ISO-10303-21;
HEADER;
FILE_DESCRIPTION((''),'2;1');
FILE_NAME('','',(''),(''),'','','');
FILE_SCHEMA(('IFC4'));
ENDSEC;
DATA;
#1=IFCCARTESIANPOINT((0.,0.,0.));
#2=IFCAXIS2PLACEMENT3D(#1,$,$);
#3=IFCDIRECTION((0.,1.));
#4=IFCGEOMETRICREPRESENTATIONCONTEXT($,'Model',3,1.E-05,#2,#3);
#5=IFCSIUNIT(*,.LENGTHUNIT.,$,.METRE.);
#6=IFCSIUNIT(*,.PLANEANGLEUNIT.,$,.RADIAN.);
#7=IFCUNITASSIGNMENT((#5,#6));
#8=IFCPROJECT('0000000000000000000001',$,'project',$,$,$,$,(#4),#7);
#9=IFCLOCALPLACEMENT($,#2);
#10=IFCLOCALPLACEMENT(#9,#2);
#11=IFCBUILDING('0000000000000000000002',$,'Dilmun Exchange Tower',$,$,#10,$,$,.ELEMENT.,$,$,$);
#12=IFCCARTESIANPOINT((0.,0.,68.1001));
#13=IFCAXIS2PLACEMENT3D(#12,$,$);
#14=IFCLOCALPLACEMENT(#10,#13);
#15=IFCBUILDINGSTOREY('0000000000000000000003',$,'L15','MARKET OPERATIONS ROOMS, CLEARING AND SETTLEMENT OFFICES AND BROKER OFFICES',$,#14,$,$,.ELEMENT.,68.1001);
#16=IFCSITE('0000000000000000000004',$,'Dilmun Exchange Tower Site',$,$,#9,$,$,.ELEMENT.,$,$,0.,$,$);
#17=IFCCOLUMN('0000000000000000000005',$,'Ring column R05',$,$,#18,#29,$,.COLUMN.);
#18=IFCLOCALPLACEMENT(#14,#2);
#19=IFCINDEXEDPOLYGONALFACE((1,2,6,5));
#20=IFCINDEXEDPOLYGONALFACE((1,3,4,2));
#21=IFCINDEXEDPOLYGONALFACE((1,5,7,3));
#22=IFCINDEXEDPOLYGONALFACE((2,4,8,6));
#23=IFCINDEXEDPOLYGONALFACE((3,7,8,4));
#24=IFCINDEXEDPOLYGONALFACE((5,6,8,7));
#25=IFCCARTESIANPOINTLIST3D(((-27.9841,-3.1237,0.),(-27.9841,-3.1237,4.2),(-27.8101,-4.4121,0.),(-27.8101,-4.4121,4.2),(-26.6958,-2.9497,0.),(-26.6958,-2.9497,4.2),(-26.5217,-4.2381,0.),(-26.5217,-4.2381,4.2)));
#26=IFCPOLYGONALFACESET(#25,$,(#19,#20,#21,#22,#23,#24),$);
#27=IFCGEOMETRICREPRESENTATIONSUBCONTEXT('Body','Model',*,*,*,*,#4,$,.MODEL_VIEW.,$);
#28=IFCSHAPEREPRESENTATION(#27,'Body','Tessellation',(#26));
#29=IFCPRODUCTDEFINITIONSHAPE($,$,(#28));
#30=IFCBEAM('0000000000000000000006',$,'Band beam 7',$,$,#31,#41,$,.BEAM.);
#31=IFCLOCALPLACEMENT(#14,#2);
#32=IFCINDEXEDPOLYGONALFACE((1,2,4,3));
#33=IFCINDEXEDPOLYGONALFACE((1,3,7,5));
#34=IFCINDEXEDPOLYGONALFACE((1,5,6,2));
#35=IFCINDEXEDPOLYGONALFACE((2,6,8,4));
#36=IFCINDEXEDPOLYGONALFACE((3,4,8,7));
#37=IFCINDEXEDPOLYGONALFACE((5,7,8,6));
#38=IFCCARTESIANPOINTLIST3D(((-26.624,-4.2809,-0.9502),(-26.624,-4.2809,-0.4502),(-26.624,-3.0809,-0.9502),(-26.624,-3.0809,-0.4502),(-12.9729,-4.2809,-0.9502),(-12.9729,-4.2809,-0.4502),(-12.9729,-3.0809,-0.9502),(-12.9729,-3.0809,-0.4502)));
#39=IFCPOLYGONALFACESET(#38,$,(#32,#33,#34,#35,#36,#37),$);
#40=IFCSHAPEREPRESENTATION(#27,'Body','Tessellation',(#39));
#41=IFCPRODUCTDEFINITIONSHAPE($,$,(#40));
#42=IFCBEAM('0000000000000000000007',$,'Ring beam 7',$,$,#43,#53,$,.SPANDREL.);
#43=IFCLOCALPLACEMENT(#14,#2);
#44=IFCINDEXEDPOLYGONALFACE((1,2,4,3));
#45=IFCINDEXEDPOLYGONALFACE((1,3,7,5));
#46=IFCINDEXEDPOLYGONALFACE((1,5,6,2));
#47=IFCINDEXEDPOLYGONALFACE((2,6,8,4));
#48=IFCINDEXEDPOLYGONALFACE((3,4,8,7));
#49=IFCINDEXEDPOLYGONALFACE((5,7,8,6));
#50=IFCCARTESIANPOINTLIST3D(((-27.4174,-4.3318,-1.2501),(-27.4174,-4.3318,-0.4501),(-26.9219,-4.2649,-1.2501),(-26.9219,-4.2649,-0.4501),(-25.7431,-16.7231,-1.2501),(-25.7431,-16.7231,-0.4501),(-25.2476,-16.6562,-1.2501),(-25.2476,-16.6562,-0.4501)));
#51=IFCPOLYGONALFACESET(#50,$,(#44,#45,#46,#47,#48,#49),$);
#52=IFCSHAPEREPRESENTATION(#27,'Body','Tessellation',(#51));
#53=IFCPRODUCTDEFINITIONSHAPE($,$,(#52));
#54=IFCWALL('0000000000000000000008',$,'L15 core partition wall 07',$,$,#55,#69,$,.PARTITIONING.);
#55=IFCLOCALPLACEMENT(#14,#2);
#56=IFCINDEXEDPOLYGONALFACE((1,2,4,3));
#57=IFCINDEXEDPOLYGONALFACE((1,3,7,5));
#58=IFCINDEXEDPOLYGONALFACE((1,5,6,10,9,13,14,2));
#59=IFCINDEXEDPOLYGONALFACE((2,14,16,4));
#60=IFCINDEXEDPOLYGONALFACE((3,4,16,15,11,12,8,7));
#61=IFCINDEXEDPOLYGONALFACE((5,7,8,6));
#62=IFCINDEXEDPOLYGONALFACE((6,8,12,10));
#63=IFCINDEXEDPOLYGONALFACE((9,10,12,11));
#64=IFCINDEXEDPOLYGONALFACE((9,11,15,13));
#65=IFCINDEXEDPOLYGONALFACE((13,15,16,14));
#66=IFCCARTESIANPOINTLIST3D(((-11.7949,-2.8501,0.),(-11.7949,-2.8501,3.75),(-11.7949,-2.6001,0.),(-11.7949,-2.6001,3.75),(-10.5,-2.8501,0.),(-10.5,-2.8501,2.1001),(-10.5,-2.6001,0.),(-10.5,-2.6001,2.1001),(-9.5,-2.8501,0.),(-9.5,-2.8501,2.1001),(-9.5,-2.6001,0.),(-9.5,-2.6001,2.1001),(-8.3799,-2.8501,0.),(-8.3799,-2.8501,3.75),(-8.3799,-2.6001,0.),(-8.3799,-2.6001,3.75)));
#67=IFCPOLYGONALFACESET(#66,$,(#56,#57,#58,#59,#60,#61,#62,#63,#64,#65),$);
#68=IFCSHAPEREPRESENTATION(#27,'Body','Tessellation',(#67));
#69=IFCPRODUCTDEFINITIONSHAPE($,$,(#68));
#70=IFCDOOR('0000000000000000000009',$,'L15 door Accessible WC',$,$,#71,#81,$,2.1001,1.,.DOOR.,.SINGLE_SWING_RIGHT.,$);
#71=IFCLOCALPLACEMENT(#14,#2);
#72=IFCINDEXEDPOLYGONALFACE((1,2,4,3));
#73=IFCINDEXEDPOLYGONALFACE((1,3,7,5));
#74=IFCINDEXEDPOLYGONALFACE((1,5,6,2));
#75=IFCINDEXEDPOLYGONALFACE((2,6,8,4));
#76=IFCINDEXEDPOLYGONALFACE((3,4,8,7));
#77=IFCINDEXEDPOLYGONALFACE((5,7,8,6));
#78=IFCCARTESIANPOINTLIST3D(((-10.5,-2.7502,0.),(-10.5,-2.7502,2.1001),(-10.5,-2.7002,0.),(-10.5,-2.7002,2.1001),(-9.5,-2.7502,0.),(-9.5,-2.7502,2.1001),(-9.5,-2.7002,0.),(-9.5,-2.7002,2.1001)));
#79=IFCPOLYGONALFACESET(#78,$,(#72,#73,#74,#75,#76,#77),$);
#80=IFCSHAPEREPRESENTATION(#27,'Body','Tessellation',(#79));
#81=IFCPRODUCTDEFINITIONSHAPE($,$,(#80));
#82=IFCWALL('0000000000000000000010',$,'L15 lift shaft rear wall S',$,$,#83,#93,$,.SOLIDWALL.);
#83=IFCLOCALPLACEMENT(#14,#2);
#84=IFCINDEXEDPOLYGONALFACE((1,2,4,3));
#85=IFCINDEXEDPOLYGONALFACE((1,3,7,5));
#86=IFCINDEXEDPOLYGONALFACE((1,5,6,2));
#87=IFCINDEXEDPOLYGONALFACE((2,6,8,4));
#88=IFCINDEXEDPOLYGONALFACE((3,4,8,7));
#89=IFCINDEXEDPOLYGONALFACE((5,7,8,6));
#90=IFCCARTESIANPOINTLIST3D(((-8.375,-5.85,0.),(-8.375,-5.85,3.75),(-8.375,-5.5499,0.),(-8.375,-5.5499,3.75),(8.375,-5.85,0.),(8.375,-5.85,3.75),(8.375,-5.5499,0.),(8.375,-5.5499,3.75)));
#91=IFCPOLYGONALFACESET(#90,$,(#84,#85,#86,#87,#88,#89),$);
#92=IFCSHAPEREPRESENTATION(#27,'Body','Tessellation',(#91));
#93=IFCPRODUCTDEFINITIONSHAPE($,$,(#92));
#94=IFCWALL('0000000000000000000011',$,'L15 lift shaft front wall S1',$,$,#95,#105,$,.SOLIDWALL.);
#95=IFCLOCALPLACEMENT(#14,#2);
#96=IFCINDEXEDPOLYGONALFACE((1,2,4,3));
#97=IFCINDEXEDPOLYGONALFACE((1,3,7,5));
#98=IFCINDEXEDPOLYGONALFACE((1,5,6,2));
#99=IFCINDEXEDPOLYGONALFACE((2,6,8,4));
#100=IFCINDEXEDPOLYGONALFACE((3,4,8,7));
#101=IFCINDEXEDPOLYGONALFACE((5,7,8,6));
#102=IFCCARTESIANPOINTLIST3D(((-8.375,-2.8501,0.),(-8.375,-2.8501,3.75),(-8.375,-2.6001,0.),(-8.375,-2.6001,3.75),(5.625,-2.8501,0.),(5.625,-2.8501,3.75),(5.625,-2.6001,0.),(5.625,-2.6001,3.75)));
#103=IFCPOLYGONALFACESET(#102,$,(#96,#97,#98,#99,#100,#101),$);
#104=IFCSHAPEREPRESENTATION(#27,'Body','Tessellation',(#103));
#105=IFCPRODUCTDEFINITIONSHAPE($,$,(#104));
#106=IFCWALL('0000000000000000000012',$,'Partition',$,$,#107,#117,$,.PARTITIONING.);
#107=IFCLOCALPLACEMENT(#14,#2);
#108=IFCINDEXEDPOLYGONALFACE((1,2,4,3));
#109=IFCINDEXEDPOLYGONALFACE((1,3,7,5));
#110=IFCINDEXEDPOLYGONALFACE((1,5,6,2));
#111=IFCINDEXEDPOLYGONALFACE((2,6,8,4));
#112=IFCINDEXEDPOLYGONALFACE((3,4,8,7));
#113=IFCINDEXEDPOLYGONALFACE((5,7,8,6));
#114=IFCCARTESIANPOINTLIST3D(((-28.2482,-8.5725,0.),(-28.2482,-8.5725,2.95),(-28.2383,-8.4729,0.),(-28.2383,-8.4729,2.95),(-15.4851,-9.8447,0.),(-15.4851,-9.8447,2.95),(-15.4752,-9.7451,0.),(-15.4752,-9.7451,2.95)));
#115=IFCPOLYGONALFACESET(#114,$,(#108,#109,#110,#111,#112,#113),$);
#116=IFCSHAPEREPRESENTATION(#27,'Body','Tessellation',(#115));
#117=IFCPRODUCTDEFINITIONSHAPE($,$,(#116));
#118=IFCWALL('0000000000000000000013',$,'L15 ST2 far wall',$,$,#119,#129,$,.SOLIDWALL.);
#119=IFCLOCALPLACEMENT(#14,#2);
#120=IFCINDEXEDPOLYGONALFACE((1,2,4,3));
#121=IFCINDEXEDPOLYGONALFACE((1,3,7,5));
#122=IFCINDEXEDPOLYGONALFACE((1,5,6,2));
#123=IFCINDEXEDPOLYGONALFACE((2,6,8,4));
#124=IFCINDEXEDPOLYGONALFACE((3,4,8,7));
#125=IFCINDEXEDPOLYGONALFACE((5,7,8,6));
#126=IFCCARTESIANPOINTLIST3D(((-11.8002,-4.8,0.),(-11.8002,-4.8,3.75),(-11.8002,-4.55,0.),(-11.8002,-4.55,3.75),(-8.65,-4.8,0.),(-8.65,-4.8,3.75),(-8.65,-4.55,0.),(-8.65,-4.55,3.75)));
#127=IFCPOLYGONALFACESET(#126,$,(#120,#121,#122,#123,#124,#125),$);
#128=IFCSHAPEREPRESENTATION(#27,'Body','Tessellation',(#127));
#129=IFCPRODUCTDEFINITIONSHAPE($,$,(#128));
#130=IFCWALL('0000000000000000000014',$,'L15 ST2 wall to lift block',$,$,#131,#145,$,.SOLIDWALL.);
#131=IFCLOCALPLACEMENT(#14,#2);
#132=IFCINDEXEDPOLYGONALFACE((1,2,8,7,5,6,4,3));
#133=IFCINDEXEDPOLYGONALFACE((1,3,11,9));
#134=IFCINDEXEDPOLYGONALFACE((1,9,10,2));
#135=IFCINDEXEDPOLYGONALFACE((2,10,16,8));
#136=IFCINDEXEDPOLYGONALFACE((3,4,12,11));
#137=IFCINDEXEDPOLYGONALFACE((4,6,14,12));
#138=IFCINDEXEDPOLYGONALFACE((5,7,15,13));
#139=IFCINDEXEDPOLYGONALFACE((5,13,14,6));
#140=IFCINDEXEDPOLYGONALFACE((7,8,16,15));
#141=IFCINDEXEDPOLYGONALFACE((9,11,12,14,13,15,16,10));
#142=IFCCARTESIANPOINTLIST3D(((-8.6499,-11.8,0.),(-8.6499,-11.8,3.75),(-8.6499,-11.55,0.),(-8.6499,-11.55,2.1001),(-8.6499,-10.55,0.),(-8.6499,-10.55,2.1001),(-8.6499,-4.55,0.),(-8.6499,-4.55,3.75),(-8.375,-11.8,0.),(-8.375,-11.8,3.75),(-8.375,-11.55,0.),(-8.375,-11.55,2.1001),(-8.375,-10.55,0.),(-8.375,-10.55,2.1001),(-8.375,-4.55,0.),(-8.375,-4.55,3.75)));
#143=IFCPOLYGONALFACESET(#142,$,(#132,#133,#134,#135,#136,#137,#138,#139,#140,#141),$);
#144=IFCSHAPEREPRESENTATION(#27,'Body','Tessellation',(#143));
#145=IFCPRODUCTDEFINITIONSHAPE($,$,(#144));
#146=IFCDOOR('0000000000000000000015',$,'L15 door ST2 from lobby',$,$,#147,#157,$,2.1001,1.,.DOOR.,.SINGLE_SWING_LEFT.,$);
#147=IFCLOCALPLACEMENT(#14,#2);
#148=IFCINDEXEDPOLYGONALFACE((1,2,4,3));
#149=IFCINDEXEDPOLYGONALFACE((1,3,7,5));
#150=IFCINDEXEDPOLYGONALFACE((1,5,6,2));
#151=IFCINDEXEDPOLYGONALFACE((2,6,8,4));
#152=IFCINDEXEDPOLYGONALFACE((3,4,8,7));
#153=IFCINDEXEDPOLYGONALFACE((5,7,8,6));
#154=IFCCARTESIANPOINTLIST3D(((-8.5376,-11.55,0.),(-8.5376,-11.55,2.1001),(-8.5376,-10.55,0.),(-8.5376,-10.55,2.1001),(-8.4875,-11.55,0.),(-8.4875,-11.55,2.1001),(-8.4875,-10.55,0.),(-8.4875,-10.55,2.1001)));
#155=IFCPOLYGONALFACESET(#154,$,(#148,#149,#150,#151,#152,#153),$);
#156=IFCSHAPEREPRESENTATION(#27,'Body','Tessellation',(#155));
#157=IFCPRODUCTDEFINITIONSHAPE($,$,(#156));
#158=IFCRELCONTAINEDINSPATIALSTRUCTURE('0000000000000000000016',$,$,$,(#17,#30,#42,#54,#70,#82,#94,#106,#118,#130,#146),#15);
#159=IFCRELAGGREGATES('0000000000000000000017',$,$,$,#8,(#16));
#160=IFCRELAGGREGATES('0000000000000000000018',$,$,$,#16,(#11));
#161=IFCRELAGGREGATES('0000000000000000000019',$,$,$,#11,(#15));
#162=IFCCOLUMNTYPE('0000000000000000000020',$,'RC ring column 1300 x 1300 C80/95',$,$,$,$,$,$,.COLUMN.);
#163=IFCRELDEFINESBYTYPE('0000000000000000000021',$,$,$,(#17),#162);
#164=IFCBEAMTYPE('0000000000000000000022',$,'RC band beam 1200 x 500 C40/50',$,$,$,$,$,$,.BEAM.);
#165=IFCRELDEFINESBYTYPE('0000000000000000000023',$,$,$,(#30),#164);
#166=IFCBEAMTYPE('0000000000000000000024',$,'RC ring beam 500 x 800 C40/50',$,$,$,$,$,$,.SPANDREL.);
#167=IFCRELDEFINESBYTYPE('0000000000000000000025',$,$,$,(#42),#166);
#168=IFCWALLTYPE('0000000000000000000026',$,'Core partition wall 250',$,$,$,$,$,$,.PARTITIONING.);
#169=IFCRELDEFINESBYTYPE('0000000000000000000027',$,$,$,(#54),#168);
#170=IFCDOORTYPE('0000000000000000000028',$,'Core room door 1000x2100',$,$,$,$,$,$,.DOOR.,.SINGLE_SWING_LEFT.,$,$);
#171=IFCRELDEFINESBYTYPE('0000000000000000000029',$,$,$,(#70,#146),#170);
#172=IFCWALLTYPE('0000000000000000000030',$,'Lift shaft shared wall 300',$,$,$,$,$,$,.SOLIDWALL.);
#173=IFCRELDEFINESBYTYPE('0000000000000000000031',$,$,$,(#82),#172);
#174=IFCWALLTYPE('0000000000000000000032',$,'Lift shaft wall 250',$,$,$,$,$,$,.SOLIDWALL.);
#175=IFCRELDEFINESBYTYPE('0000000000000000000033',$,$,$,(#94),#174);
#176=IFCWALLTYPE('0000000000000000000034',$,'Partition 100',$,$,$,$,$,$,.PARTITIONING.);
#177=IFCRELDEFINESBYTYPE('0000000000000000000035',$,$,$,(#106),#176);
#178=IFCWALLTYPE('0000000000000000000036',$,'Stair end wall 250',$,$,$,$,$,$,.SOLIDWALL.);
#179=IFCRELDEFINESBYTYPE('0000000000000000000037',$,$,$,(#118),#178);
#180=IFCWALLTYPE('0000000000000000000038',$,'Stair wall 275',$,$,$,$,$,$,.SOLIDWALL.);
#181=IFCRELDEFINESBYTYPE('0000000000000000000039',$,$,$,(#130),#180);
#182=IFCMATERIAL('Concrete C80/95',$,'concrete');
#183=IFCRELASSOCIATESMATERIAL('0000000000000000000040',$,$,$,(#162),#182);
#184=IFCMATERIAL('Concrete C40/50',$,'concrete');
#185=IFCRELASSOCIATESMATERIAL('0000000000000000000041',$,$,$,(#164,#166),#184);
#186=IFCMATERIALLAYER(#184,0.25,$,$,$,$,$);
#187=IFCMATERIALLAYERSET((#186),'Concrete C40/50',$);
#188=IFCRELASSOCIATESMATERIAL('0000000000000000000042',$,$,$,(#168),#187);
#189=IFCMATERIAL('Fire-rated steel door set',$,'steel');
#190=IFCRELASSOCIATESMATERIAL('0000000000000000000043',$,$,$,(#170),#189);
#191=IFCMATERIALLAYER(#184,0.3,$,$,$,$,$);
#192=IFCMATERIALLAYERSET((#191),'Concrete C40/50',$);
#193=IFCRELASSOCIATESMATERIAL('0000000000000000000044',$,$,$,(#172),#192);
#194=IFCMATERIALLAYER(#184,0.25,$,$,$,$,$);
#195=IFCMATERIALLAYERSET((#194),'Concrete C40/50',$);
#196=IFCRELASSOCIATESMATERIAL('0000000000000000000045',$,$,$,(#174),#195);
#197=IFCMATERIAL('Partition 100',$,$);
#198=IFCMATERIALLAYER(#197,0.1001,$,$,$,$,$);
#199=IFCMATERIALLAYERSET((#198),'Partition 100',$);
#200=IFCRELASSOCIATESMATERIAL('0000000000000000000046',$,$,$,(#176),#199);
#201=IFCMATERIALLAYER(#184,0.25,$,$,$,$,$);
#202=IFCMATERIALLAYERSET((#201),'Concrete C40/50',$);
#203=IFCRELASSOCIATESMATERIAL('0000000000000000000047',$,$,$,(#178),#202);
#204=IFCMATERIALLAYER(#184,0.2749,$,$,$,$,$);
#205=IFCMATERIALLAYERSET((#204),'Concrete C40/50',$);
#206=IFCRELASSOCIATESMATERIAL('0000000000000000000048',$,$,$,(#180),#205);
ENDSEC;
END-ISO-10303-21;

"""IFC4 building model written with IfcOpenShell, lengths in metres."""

from ifc_helpers import new_model, si_unit, direction, frame, frame_2d, origin, origin_2d, place, context, subcontext, project, spatial, rectangle, extrude, material, layer, layer_set, material_profile, profile_set, type_object, element, fill, save


model = new_model("IFC4")

# Units and contexts
model_context = context("Model", 3, precision=1e-05, world=origin(), true_north=direction((0.0, 1.0)))
body_context = subcontext(model_context, "Body", "Model", "MODEL_VIEW")
ifc_project = project(units=[si_unit("LENGTHUNIT", "METRE"), si_unit("PLANEANGLEUNIT", "RADIAN")], contexts=[model_context])

# Site, building, storey
site_placement = place(None, origin())
site = spatial("IfcSite", under=ifc_project, at=site_placement, Name="Dilmun Exchange Tower Site", CompositionType="ELEMENT", RefElevation=0.0)
building_placement = place(site_placement, origin())
building = spatial("IfcBuilding", under=site, at=building_placement, Name="Dilmun Exchange Tower", CompositionType="ELEMENT")
storey_placement = place(building_placement, frame((0.0, 0.0, 68.1001)))
storey = spatial("IfcBuildingStorey", under=building, at=storey_placement, Name="L15", Description="MARKET OPERATIONS ROOMS, CLEARING AND SETTLEMENT OFFICES AND BROKER OFFICES", CompositionType="ELEMENT", Elevation=68.1001)

# Column
ifc_material_1 = material(Name="Concrete C80/95", Category="concrete")
ifc_material_profile_1 = material_profile(ifc_material_1, rectangle(XDim=1.3, YDim=1.3, at=origin_2d()), Name="1300 x 1300")
ifc_profile_set_1 = profile_set([ifc_material_profile_1], Name="Concrete C80/95")
column_type = type_object("IfcColumnType", Name="RC ring column 1300 x 1300 C80/95", PredefinedType="COLUMN", material=ifc_profile_set_1)
column_placement = place(storey_placement, frame((-27.2529, -3.6809, 0.0), z_axis=(0.0, 0.0, 1.0), x_axis=(0.991001, 0.133853, 0.0)))
element("IfcColumn", 1, at=column_placement, inside=storey, type_object=column_type, Name="Ring column R05", PredefinedType="COLUMN", context=body_context, shape_type="SweptSolid", body=[
    extrude(rectangle(XDim=1.3, YDim=1.3, at=origin_2d()), origin(), (0.0, 0.0, 1.0), 4.2),
])

# Beams
ifc_material_2 = material(Name="Concrete C40/50", Category="concrete")
ifc_material_profile_2 = material_profile(ifc_material_2, rectangle(XDim=1.2, YDim=0.5, at=origin_2d()), Name="1200 x 500")
ifc_profile_set_2 = profile_set([ifc_material_profile_2], Name="Concrete C40/50")
beam_type_1 = type_object("IfcBeamType", Name="RC band beam 1200 x 500 C40/50", PredefinedType="BEAM", material=ifc_profile_set_2)
beam_1_placement = place(storey_placement, frame((-26.624, -3.6809, -0.7002), z_axis=(1.0, 0.0, 0.0), x_axis=(0.0, 1.0, 0.0)))
element("IfcBeam", 2, at=beam_1_placement, inside=storey, type_object=beam_type_1, Name="Band beam 7", PredefinedType="BEAM", context=body_context, shape_type="SweptSolid", body=[
    extrude(rectangle(XDim=1.2, YDim=0.5, at=origin_2d()), origin(), (0.0, 0.0, 1.0), 13.6511),
])
ifc_material_profile_3 = material_profile(ifc_material_2, rectangle(XDim=0.5, YDim=0.8, at=origin_2d()), Name="500 x 800")
ifc_profile_set_3 = profile_set([ifc_material_profile_3], Name="Concrete C40/50")
beam_type_2 = type_object("IfcBeamType", Name="RC ring beam 500 x 800 C40/50", PredefinedType="SPANDREL", material=ifc_profile_set_3)
beam_2_placement = place(storey_placement, frame((-27.1697, -4.2983, -0.8501), z_axis=(0.133903, -0.990994, 0.0), x_axis=(0.990994, 0.133903, 0.0)))
element("IfcBeam", 3, at=beam_2_placement, inside=storey, type_object=beam_type_2, Name="Ring beam 7", PredefinedType="SPANDREL", context=body_context, shape_type="SweptSolid", body=[
    extrude(rectangle(XDim=0.5, YDim=0.8, at=origin_2d()), origin(), (0.0, 0.0, 1.0), 12.5039),
])

# Wall, opening, door
ifc_layer_1 = layer(ifc_material_2, 0.25)
ifc_layer_set_1 = layer_set([ifc_layer_1], Name="Concrete C40/50")
wall_type_1 = type_object("IfcWallType", Name="Core partition wall 250", PredefinedType="PARTITIONING", material=ifc_layer_set_1)
wall_1_placement = place(storey_placement, frame((-11.7949, -2.7251, 0.0), z_axis=(0.0, 0.0, 1.0), x_axis=(1.0, 0.0, 0.0)))
wall_1 = element("IfcWall", 4, at=wall_1_placement, inside=storey, type_object=wall_type_1, Name="L15 core partition wall 07", PredefinedType="PARTITIONING", context=body_context, shape_type="SweptSolid", body=[
    extrude(rectangle(XDim=3.415, YDim=0.25, at=frame_2d((1.7075, 0.0))), origin(), (0.0, 0.0, 1.0), 3.75),
])
opening_1_placement = place(wall_1_placement, frame((1.2949, 0.0, 0.0)))
opening_1 = element("IfcOpeningElement", 5, at=opening_1_placement, cuts=wall_1, PredefinedType="OPENING", context=body_context, shape_type="SweptSolid", body=[
    extrude(rectangle(XDim=1.0, YDim=2.1001, at=frame_2d((0.5, 1.05))), frame((0.0, 0.135, 0.0), z_axis=(0.0, -1.0, 0.0), x_axis=(1.0, 0.0, 0.0)), (0.0, 0.0, 1.0), 0.27),
])
ifc_material_3 = material(Name="Fire-rated steel door set", Category="steel")
door_type = type_object("IfcDoorType", Name="Core room door 1000x2100", OperationType="SINGLE_SWING_LEFT", PredefinedType="DOOR", material=ifc_material_3)
door_1_placement = place(opening_1_placement, origin())
door_1 = element("IfcDoor", 6, at=door_1_placement, inside=storey, type_object=door_type, Name="L15 door Accessible WC", OperationType="SINGLE_SWING_RIGHT", OverallHeight=2.1001, OverallWidth=1.0, PredefinedType="DOOR", context=body_context, shape_type="SweptSolid", body=[
    extrude(rectangle(XDim=1.0, YDim=2.1001, at=frame_2d((0.5, 1.05))), frame((0.0, 0.0249, 0.0), z_axis=(0.0, -1.0, 0.0), x_axis=(1.0, 0.0, 0.0)), (0.0, 0.0, 1.0), 0.05),
])
fill(opening_1, door_1)

# Walls
ifc_layer_2 = layer(ifc_material_2, 0.3)
ifc_layer_set_2 = layer_set([ifc_layer_2], Name="Concrete C40/50")
wall_type_2 = type_object("IfcWallType", Name="Lift shaft shared wall 300", PredefinedType="SOLIDWALL", material=ifc_layer_set_2)
wall_2_placement = place(storey_placement, frame((-8.375, -5.7, 0.0), z_axis=(0.0, 0.0, 1.0), x_axis=(1.0, 0.0, 0.0)))
element("IfcWall", 7, at=wall_2_placement, inside=storey, type_object=wall_type_2, Name="L15 lift shaft rear wall S", PredefinedType="SOLIDWALL", context=body_context, shape_type="SweptSolid", body=[
    extrude(rectangle(XDim=16.75, YDim=0.3, at=frame_2d((8.375, 0.0))), origin(), (0.0, 0.0, 1.0), 3.75),
])
ifc_layer_3 = layer(ifc_material_2, 0.25)
ifc_layer_set_3 = layer_set([ifc_layer_3], Name="Concrete C40/50")
wall_type_3 = type_object("IfcWallType", Name="Lift shaft wall 250", PredefinedType="SOLIDWALL", material=ifc_layer_set_3)
wall_3_placement = place(storey_placement, frame((-8.375, -2.7251, 0.0), z_axis=(0.0, 0.0, 1.0), x_axis=(1.0, 0.0, 0.0)))
element("IfcWall", 8, at=wall_3_placement, inside=storey, type_object=wall_type_3, Name="L15 lift shaft front wall S1", PredefinedType="SOLIDWALL", context=body_context, shape_type="SweptSolid", body=[
    extrude(rectangle(XDim=14.0, YDim=0.25, at=frame_2d((7.0, 0.0))), origin(), (0.0, 0.0, 1.0), 3.75),
])
ifc_material_4 = material(Name="Partition 100")
ifc_layer_4 = layer(ifc_material_4, 0.1001)
ifc_layer_set_4 = layer_set([ifc_layer_4], Name="Partition 100")
wall_type_4 = type_object("IfcWallType", Name="Partition 100", PredefinedType="PARTITIONING", material=ifc_layer_set_4)
wall_4_placement = place(storey_placement, frame((-28.2432, -8.5227, 0.0), z_axis=(0.0, 0.0, 1.0), x_axis=(0.995069, -0.099187, 0.0)))
element("IfcWall", 9, at=wall_4_placement, inside=storey, type_object=wall_type_4, Name="Partition", PredefinedType="PARTITIONING", context=body_context, shape_type="SweptSolid", body=[
    extrude(rectangle(XDim=12.8264, YDim=0.1001, at=frame_2d((6.4131, 0.0))), origin(), (0.0, 0.0, 1.0), 2.95),
])
ifc_layer_5 = layer(ifc_material_2, 0.25)
ifc_layer_set_5 = layer_set([ifc_layer_5], Name="Concrete C40/50")
wall_type_5 = type_object("IfcWallType", Name="Stair end wall 250", PredefinedType="SOLIDWALL", material=ifc_layer_set_5)
wall_5_placement = place(storey_placement, frame((-8.6499, -4.675, 0.0), z_axis=(0.0, 0.0, 1.0), x_axis=(-1.0, 0.0, 0.0)))
element("IfcWall", 10, at=wall_5_placement, inside=storey, type_object=wall_type_5, Name="L15 ST2 far wall", PredefinedType="SOLIDWALL", context=body_context, shape_type="SweptSolid", body=[
    extrude(rectangle(XDim=3.1501, YDim=0.25, at=frame_2d((1.5752, 0.0))), origin(), (0.0, 0.0, 1.0), 3.75),
])

# Wall, opening, door
ifc_layer_6 = layer(ifc_material_2, 0.2749)
ifc_layer_set_6 = layer_set([ifc_layer_6], Name="Concrete C40/50")
wall_type_6 = type_object("IfcWallType", Name="Stair wall 275", PredefinedType="SOLIDWALL", material=ifc_layer_set_6)
wall_6_placement = place(storey_placement, frame((-8.5125, -4.55, 0.0), z_axis=(0.0, 0.0, 1.0), x_axis=(0.0, -1.0, 0.0)))
wall_6 = element("IfcWall", 11, at=wall_6_placement, inside=storey, type_object=wall_type_6, Name="L15 ST2 wall to lift block", PredefinedType="SOLIDWALL", context=body_context, shape_type="SweptSolid", body=[
    extrude(rectangle(XDim=7.25, YDim=0.2749, at=frame_2d((3.625, 0.0))), origin(), (0.0, 0.0, 1.0), 3.75),
])
opening_2_placement = place(wall_6_placement, frame((6.0, 0.0, 0.0)))
opening_2 = element("IfcOpeningElement", 12, at=opening_2_placement, cuts=wall_6, PredefinedType="OPENING", context=body_context, shape_type="SweptSolid", body=[
    extrude(rectangle(XDim=1.0, YDim=2.1001, at=frame_2d((0.5, 1.05))), frame((0.0, 0.1475, 0.0), z_axis=(0.0, -1.0, 0.0), x_axis=(1.0, 0.0, 0.0)), (0.0, 0.0, 1.0), 0.2949),
])
door_2_placement = place(opening_2_placement, origin())
door_2 = element("IfcDoor", 13, at=door_2_placement, inside=storey, type_object=door_type, Name="L15 door ST2 from lobby", OperationType="SINGLE_SWING_LEFT", OverallHeight=2.1001, OverallWidth=1.0, PredefinedType="DOOR", context=body_context, shape_type="SweptSolid", body=[
    extrude(rectangle(XDim=1.0, YDim=2.1001, at=frame_2d((0.5, 1.05))), frame((0.0, 0.0249, 0.0), z_axis=(0.0, -1.0, 0.0), x_axis=(1.0, 0.0, 0.0)), (0.0, 0.0, 1.0), 0.05),
])
fill(opening_2, door_2)

save(model, "model.ifc")
